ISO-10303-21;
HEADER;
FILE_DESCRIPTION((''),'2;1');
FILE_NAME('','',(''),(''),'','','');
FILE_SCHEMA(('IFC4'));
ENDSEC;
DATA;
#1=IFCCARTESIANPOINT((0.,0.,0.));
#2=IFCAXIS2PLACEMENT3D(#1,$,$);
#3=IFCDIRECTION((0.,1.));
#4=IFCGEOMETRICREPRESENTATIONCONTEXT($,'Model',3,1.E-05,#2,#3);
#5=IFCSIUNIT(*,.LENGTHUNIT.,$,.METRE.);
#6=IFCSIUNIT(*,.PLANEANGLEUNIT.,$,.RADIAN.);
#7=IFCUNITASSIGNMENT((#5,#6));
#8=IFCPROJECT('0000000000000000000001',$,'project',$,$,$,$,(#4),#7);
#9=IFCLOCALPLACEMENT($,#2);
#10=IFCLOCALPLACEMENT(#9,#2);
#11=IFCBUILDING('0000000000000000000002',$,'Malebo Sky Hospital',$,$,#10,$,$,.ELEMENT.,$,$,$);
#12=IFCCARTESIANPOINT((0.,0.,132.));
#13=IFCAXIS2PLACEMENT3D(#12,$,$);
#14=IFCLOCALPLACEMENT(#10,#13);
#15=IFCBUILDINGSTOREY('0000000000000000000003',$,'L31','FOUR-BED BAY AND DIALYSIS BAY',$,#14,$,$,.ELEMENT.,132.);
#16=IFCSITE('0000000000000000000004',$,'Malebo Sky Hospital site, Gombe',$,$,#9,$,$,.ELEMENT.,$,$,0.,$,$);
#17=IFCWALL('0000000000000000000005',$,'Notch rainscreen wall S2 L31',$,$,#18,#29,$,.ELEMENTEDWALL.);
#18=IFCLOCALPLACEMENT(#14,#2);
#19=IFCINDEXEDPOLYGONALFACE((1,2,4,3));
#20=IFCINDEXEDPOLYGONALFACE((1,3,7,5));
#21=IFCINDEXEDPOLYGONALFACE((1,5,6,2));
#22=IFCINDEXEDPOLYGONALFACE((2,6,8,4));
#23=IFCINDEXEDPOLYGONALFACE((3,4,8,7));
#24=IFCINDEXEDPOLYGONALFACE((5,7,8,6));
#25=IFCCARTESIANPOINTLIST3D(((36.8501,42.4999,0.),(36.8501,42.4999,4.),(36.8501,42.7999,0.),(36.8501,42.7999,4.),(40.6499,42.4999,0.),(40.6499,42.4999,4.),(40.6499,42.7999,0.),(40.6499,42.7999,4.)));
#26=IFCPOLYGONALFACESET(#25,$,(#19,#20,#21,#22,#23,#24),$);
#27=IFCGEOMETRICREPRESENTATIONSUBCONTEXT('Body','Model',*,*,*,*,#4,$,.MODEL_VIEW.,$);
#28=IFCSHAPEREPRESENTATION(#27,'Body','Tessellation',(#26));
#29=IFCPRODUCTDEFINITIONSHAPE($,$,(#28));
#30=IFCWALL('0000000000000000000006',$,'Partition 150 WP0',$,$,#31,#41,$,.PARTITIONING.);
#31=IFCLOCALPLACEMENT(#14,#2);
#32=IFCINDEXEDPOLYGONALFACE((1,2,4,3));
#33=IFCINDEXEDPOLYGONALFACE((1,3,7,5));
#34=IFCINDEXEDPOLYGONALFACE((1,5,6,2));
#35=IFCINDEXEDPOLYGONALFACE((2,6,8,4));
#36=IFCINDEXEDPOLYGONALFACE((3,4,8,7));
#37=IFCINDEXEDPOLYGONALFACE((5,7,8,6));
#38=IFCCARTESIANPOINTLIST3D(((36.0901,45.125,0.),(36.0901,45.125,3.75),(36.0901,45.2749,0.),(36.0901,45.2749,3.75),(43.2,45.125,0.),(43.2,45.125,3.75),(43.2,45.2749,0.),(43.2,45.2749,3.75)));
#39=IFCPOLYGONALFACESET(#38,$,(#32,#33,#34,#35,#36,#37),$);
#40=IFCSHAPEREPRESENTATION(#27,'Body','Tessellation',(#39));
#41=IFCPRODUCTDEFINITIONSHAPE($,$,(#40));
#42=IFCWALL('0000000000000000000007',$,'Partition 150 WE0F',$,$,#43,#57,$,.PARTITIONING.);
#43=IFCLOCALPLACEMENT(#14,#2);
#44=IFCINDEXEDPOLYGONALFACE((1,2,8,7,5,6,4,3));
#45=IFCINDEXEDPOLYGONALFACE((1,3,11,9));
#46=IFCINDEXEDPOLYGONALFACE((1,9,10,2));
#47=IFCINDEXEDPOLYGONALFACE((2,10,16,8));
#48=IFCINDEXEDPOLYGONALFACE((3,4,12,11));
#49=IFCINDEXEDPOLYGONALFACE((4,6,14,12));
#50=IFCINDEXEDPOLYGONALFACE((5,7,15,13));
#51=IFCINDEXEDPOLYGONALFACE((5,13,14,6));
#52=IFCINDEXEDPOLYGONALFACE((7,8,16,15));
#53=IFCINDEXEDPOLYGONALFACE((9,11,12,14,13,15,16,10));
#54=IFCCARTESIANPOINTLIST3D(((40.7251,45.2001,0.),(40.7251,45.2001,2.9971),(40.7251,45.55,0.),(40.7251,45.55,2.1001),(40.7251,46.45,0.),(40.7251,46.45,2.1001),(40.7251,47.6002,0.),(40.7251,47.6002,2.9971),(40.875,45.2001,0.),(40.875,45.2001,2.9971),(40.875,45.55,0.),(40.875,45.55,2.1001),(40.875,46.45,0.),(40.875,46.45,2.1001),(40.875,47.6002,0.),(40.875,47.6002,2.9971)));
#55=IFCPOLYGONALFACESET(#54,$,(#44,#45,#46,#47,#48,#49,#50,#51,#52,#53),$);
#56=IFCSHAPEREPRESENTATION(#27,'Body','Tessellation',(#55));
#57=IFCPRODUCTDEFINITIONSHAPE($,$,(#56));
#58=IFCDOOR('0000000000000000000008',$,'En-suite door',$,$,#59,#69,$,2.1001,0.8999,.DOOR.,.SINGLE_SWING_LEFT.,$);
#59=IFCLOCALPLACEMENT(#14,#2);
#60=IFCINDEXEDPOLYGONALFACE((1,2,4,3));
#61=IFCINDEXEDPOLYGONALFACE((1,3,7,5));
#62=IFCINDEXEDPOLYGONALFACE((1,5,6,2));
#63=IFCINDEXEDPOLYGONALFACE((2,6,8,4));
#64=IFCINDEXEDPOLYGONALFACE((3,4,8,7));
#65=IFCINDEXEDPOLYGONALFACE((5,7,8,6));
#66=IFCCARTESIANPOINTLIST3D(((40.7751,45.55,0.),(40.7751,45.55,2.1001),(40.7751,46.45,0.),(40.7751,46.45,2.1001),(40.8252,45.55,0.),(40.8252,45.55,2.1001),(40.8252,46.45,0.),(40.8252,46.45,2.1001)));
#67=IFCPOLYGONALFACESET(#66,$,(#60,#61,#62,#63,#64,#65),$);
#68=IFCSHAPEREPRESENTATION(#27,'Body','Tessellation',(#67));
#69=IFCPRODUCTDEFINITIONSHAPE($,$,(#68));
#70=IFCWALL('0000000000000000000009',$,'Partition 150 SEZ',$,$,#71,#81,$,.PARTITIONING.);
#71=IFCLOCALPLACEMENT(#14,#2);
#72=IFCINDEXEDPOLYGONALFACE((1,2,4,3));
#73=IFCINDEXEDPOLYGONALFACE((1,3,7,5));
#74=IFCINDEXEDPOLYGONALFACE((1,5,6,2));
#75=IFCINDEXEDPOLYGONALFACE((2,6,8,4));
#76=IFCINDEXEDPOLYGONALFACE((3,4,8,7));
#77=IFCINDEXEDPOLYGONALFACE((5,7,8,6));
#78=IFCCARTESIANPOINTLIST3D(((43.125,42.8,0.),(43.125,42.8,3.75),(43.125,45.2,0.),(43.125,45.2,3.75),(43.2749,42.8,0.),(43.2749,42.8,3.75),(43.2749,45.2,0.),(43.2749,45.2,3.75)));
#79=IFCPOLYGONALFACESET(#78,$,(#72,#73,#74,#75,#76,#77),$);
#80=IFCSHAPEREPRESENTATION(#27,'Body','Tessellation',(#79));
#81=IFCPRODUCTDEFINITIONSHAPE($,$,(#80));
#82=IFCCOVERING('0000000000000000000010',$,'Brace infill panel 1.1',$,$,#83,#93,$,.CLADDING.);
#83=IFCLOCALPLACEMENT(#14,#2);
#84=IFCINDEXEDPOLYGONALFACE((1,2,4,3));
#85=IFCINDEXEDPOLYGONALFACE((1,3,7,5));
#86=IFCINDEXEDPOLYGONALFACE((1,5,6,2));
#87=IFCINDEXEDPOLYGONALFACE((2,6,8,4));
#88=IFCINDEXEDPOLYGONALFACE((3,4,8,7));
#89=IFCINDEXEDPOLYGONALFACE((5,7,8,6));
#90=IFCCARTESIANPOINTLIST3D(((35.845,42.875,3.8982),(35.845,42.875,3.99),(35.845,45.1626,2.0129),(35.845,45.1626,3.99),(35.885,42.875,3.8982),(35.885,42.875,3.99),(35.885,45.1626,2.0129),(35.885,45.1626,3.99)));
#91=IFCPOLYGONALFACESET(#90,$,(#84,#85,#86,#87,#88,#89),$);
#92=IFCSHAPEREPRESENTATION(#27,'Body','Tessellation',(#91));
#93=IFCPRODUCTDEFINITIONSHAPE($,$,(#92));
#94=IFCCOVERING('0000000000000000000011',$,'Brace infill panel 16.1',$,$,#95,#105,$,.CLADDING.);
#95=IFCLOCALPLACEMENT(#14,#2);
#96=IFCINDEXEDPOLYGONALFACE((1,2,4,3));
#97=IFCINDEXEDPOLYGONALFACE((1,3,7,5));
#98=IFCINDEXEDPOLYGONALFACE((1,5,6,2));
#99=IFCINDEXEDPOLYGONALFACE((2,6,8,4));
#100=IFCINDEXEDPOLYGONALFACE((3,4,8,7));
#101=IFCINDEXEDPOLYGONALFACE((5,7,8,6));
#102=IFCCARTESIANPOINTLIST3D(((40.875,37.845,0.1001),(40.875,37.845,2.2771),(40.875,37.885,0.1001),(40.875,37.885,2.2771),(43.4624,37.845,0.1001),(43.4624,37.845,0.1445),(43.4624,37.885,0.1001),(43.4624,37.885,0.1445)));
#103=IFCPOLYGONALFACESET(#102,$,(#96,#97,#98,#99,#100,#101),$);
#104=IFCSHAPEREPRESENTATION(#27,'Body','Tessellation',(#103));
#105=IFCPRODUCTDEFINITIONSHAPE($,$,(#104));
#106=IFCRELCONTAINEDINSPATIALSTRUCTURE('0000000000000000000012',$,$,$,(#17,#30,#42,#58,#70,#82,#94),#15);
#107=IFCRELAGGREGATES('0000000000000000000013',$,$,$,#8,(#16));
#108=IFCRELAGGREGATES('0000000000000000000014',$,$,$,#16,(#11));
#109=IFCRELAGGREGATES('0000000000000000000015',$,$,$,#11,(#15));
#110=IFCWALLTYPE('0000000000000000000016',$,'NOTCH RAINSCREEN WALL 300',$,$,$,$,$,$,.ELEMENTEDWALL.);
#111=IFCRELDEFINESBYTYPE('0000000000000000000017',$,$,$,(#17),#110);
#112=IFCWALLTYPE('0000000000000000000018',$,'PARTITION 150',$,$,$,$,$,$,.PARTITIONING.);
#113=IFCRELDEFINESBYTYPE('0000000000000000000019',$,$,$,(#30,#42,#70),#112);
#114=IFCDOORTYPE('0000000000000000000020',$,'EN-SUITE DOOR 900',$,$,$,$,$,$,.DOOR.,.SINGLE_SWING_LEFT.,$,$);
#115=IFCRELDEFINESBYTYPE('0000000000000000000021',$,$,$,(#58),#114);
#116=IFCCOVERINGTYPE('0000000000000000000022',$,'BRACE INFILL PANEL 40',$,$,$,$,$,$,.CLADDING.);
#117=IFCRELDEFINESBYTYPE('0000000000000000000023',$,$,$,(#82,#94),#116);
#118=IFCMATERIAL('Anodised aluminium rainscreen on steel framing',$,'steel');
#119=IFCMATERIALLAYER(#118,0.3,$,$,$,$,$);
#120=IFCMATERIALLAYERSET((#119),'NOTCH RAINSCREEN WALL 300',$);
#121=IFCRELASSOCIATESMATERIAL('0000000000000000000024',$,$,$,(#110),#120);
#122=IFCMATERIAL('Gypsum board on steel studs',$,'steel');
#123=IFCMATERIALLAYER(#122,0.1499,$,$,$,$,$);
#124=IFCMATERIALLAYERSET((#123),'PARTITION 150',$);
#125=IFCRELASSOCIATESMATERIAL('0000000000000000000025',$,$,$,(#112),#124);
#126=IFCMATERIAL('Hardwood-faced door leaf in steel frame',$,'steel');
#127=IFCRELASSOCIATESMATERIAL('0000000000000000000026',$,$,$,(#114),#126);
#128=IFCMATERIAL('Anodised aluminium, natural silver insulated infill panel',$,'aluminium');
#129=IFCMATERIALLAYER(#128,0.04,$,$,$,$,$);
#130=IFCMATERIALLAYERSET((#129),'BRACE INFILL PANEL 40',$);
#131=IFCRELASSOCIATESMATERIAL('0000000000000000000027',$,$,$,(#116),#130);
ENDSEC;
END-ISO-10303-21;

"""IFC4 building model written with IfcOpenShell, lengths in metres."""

from ifc_helpers import new_model, si_unit, direction, frame, frame_2d, origin, place, context, subcontext, project, spatial, polyline, rectangle, outline, extrude, material, layer, layer_set, type_object, element, fill, save


model = new_model("IFC4")

# Units and contexts
model_context = context("Model", 3, precision=1e-05, world=origin(), true_north=direction((0.0, 1.0)))
body_context = subcontext(model_context, "Body", "Model", "MODEL_VIEW")
ifc_project = project(units=[si_unit("LENGTHUNIT", "METRE"), si_unit("PLANEANGLEUNIT", "RADIAN")], contexts=[model_context])

# Site, building, storey
site_placement = place(None, origin())
site = spatial("IfcSite", under=ifc_project, at=site_placement, Name="Malebo Sky Hospital site, Gombe", CompositionType="ELEMENT", RefElevation=0.0)
building_placement = place(site_placement, origin())
building = spatial("IfcBuilding", under=site, at=building_placement, Name="Malebo Sky Hospital", CompositionType="ELEMENT")
storey_placement = place(building_placement, frame((0.0, 0.0, 132.0)))
storey = spatial("IfcBuildingStorey", under=building, at=storey_placement, Name="L31", Description="FOUR-BED BAY AND DIALYSIS BAY", CompositionType="ELEMENT", Elevation=132.0)

# Shared definitions
ifc_material_1 = material(Name="Gypsum board on steel studs", Category="steel")
ifc_material_2 = material(Name="Hardwood-faced door leaf in steel frame", Category="steel")

# Walls
ifc_material_3 = material(Name="Anodised aluminium rainscreen on steel framing", Category="steel")
ifc_layer_1 = layer(ifc_material_3, 0.3)
ifc_layer_set_1 = layer_set([ifc_layer_1], Name="NOTCH RAINSCREEN WALL 300")
wall_type_1 = type_object("IfcWallType", Name="NOTCH RAINSCREEN WALL 300", PredefinedType="ELEMENTEDWALL", material=ifc_layer_set_1)
for number, where, z_axis, x_axis, name in (
    (1, (40.6499, 42.6499, 0.0), (0.0, 0.0, 1.0), (-1.0, 0.0, 0.0), "Notch rainscreen wall S2 L31"),
):
    element("IfcWall", number, at=place(storey_placement, frame(where, z_axis=z_axis, x_axis=x_axis)), inside=storey, type_object=wall_type_1, Name=name, PredefinedType="ELEMENTEDWALL", context=body_context, shape_type="SweptSolid", body=[
        extrude(rectangle(XDim=3.7998, YDim=0.3, at=frame_2d((1.8999, 0.0))), origin(), (0.0, 0.0, 1.0), 4.0),
    ])
ifc_layer_2 = layer(ifc_material_1, 0.1499)
ifc_layer_set_2 = layer_set([ifc_layer_2], Name="PARTITION 150")
wall_type_2 = type_object("IfcWallType", Name="PARTITION 150", PredefinedType="PARTITIONING", material=ifc_layer_set_2)
wall_1_placement = place(storey_placement, frame((43.2, 45.2, 0.0), z_axis=(0.0, 0.0, 1.0), x_axis=(-1.0, 0.0, 0.0)))
element("IfcWall", 2, at=wall_1_placement, inside=storey, type_object=wall_type_2, Name="Partition 150 WP0", PredefinedType="PARTITIONING", context=body_context, shape_type="SweptSolid", body=[
    extrude(rectangle(XDim=7.1099, YDim=0.1499, at=frame_2d((3.5549, 0.0))), origin(), (0.0, 0.0, 1.0), 3.75),
])

# Wall, opening, door
wall_2_placement = place(storey_placement, frame((40.8, 45.2, 0.0), z_axis=(0.0, 0.0, 1.0), x_axis=(0.0, 1.0, 0.0)))
wall_2 = element("IfcWall", 3, at=wall_2_placement, inside=storey, type_object=wall_type_2, Name="Partition 150 WE0F", PredefinedType="PARTITIONING", context=body_context, shape_type="SweptSolid", body=[
    extrude(rectangle(XDim=2.4001, YDim=0.1499, at=frame_2d((1.2002, 0.0))), origin(), (0.0, 0.0, 1.0), 2.9971),
])
opening_1_placement = place(wall_2_placement, frame((0.3501, 0.0, 0.0)))
opening_1 = element("IfcOpeningElement", 4, at=opening_1_placement, cuts=wall_2, PredefinedType="OPENING", context=body_context, shape_type="SweptSolid", body=[
    extrude(rectangle(XDim=0.8999, YDim=2.1001, at=frame_2d((0.45, 1.05))), frame((0.0, 0.085, 0.0), z_axis=(0.0, -1.0, 0.0), x_axis=(1.0, 0.0, 0.0)), (0.0, 0.0, 1.0), 0.1699),
])
door_type_1 = type_object("IfcDoorType", Name="EN-SUITE DOOR 900", OperationType="SINGLE_SWING_LEFT", PredefinedType="DOOR", material=ifc_material_2)
door_1_placement = place(opening_1_placement, origin())
door_1 = element("IfcDoor", 5, at=door_1_placement, inside=storey, type_object=door_type_1, Name="En-suite door", OperationType="SINGLE_SWING_LEFT", OverallHeight=2.1001, OverallWidth=0.8999, PredefinedType="DOOR", context=body_context, shape_type="SweptSolid", body=[
    extrude(rectangle(XDim=0.8999, YDim=2.1001, at=frame_2d((0.45, 1.05))), frame((0.0, 0.0249, 0.0), z_axis=(0.0, -1.0, 0.0), x_axis=(1.0, 0.0, 0.0)), (0.0, 0.0, 1.0), 0.05),
])
fill(opening_1, door_1)

# Wall
wall_3_placement = place(storey_placement, frame((43.2, 45.2, 0.0), z_axis=(0.0, 0.0, 1.0), x_axis=(0.0, -1.0, 0.0)))
element("IfcWall", 6, at=wall_3_placement, inside=storey, type_object=wall_type_2, Name="Partition 150 SEZ", PredefinedType="PARTITIONING", context=body_context, shape_type="SweptSolid", body=[
    extrude(rectangle(XDim=2.3999, YDim=0.1499, at=frame_2d((1.2, 0.0))), origin(), (0.0, 0.0, 1.0), 3.75),
])

# Coverings
ifc_material_4 = material(Name="Anodised aluminium, natural silver insulated infill panel", Category="aluminium")
ifc_layer_3 = layer(ifc_material_4, 0.04)
ifc_layer_set_3 = layer_set([ifc_layer_3], Name="BRACE INFILL PANEL 40")
covering_type = type_object("IfcCoveringType", Name="BRACE INFILL PANEL 40", PredefinedType="CLADDING", material=ifc_layer_set_3)
covering_1_placement = place(storey_placement, frame((35.865, 44.0188, 2.0129), z_axis=(0.0, 0.0, 1.0), x_axis=(0.0, 1.0, 0.0)))
element("IfcCovering", 7, at=covering_1_placement, inside=storey, type_object=covering_type, Name="Brace infill panel 1.1", PredefinedType="CLADDING", context=body_context, shape_type="SweptSolid", body=[
    extrude(outline(polyline([(1.1438, 0.0), (1.1438, 1.9771), (-1.1438, 1.9771), (-1.1438, 1.8853), (1.1438, 0.0)])), frame((0.0, 0.02, 0.0), z_axis=(0.0, -1.0, 0.0), x_axis=(1.0, 0.0, 0.0)), (0.0, 0.0, 1.0), 0.04),
])
covering_2_placement = place(storey_placement, frame((42.1687, 37.865, 0.1001), z_axis=(0.0, 0.0, 1.0), x_axis=(-1.0, 0.0, 0.0)))
element("IfcCovering", 8, at=covering_2_placement, inside=storey, type_object=covering_type, Name="Brace infill panel 16.1", PredefinedType="CLADDING", context=body_context, shape_type="SweptSolid", body=[
    extrude(outline(polyline([(-1.2937, 0.0), (1.2937, 0.0), (1.2937, 2.177), (-1.2937, 0.0444), (-1.2937, 0.0)])), frame((0.0, 0.02, 0.0), z_axis=(0.0, -1.0, 0.0), x_axis=(1.0, 0.0, 0.0)), (0.0, 0.0, 1.0), 0.04),
])

save(model, "model.ifc")
